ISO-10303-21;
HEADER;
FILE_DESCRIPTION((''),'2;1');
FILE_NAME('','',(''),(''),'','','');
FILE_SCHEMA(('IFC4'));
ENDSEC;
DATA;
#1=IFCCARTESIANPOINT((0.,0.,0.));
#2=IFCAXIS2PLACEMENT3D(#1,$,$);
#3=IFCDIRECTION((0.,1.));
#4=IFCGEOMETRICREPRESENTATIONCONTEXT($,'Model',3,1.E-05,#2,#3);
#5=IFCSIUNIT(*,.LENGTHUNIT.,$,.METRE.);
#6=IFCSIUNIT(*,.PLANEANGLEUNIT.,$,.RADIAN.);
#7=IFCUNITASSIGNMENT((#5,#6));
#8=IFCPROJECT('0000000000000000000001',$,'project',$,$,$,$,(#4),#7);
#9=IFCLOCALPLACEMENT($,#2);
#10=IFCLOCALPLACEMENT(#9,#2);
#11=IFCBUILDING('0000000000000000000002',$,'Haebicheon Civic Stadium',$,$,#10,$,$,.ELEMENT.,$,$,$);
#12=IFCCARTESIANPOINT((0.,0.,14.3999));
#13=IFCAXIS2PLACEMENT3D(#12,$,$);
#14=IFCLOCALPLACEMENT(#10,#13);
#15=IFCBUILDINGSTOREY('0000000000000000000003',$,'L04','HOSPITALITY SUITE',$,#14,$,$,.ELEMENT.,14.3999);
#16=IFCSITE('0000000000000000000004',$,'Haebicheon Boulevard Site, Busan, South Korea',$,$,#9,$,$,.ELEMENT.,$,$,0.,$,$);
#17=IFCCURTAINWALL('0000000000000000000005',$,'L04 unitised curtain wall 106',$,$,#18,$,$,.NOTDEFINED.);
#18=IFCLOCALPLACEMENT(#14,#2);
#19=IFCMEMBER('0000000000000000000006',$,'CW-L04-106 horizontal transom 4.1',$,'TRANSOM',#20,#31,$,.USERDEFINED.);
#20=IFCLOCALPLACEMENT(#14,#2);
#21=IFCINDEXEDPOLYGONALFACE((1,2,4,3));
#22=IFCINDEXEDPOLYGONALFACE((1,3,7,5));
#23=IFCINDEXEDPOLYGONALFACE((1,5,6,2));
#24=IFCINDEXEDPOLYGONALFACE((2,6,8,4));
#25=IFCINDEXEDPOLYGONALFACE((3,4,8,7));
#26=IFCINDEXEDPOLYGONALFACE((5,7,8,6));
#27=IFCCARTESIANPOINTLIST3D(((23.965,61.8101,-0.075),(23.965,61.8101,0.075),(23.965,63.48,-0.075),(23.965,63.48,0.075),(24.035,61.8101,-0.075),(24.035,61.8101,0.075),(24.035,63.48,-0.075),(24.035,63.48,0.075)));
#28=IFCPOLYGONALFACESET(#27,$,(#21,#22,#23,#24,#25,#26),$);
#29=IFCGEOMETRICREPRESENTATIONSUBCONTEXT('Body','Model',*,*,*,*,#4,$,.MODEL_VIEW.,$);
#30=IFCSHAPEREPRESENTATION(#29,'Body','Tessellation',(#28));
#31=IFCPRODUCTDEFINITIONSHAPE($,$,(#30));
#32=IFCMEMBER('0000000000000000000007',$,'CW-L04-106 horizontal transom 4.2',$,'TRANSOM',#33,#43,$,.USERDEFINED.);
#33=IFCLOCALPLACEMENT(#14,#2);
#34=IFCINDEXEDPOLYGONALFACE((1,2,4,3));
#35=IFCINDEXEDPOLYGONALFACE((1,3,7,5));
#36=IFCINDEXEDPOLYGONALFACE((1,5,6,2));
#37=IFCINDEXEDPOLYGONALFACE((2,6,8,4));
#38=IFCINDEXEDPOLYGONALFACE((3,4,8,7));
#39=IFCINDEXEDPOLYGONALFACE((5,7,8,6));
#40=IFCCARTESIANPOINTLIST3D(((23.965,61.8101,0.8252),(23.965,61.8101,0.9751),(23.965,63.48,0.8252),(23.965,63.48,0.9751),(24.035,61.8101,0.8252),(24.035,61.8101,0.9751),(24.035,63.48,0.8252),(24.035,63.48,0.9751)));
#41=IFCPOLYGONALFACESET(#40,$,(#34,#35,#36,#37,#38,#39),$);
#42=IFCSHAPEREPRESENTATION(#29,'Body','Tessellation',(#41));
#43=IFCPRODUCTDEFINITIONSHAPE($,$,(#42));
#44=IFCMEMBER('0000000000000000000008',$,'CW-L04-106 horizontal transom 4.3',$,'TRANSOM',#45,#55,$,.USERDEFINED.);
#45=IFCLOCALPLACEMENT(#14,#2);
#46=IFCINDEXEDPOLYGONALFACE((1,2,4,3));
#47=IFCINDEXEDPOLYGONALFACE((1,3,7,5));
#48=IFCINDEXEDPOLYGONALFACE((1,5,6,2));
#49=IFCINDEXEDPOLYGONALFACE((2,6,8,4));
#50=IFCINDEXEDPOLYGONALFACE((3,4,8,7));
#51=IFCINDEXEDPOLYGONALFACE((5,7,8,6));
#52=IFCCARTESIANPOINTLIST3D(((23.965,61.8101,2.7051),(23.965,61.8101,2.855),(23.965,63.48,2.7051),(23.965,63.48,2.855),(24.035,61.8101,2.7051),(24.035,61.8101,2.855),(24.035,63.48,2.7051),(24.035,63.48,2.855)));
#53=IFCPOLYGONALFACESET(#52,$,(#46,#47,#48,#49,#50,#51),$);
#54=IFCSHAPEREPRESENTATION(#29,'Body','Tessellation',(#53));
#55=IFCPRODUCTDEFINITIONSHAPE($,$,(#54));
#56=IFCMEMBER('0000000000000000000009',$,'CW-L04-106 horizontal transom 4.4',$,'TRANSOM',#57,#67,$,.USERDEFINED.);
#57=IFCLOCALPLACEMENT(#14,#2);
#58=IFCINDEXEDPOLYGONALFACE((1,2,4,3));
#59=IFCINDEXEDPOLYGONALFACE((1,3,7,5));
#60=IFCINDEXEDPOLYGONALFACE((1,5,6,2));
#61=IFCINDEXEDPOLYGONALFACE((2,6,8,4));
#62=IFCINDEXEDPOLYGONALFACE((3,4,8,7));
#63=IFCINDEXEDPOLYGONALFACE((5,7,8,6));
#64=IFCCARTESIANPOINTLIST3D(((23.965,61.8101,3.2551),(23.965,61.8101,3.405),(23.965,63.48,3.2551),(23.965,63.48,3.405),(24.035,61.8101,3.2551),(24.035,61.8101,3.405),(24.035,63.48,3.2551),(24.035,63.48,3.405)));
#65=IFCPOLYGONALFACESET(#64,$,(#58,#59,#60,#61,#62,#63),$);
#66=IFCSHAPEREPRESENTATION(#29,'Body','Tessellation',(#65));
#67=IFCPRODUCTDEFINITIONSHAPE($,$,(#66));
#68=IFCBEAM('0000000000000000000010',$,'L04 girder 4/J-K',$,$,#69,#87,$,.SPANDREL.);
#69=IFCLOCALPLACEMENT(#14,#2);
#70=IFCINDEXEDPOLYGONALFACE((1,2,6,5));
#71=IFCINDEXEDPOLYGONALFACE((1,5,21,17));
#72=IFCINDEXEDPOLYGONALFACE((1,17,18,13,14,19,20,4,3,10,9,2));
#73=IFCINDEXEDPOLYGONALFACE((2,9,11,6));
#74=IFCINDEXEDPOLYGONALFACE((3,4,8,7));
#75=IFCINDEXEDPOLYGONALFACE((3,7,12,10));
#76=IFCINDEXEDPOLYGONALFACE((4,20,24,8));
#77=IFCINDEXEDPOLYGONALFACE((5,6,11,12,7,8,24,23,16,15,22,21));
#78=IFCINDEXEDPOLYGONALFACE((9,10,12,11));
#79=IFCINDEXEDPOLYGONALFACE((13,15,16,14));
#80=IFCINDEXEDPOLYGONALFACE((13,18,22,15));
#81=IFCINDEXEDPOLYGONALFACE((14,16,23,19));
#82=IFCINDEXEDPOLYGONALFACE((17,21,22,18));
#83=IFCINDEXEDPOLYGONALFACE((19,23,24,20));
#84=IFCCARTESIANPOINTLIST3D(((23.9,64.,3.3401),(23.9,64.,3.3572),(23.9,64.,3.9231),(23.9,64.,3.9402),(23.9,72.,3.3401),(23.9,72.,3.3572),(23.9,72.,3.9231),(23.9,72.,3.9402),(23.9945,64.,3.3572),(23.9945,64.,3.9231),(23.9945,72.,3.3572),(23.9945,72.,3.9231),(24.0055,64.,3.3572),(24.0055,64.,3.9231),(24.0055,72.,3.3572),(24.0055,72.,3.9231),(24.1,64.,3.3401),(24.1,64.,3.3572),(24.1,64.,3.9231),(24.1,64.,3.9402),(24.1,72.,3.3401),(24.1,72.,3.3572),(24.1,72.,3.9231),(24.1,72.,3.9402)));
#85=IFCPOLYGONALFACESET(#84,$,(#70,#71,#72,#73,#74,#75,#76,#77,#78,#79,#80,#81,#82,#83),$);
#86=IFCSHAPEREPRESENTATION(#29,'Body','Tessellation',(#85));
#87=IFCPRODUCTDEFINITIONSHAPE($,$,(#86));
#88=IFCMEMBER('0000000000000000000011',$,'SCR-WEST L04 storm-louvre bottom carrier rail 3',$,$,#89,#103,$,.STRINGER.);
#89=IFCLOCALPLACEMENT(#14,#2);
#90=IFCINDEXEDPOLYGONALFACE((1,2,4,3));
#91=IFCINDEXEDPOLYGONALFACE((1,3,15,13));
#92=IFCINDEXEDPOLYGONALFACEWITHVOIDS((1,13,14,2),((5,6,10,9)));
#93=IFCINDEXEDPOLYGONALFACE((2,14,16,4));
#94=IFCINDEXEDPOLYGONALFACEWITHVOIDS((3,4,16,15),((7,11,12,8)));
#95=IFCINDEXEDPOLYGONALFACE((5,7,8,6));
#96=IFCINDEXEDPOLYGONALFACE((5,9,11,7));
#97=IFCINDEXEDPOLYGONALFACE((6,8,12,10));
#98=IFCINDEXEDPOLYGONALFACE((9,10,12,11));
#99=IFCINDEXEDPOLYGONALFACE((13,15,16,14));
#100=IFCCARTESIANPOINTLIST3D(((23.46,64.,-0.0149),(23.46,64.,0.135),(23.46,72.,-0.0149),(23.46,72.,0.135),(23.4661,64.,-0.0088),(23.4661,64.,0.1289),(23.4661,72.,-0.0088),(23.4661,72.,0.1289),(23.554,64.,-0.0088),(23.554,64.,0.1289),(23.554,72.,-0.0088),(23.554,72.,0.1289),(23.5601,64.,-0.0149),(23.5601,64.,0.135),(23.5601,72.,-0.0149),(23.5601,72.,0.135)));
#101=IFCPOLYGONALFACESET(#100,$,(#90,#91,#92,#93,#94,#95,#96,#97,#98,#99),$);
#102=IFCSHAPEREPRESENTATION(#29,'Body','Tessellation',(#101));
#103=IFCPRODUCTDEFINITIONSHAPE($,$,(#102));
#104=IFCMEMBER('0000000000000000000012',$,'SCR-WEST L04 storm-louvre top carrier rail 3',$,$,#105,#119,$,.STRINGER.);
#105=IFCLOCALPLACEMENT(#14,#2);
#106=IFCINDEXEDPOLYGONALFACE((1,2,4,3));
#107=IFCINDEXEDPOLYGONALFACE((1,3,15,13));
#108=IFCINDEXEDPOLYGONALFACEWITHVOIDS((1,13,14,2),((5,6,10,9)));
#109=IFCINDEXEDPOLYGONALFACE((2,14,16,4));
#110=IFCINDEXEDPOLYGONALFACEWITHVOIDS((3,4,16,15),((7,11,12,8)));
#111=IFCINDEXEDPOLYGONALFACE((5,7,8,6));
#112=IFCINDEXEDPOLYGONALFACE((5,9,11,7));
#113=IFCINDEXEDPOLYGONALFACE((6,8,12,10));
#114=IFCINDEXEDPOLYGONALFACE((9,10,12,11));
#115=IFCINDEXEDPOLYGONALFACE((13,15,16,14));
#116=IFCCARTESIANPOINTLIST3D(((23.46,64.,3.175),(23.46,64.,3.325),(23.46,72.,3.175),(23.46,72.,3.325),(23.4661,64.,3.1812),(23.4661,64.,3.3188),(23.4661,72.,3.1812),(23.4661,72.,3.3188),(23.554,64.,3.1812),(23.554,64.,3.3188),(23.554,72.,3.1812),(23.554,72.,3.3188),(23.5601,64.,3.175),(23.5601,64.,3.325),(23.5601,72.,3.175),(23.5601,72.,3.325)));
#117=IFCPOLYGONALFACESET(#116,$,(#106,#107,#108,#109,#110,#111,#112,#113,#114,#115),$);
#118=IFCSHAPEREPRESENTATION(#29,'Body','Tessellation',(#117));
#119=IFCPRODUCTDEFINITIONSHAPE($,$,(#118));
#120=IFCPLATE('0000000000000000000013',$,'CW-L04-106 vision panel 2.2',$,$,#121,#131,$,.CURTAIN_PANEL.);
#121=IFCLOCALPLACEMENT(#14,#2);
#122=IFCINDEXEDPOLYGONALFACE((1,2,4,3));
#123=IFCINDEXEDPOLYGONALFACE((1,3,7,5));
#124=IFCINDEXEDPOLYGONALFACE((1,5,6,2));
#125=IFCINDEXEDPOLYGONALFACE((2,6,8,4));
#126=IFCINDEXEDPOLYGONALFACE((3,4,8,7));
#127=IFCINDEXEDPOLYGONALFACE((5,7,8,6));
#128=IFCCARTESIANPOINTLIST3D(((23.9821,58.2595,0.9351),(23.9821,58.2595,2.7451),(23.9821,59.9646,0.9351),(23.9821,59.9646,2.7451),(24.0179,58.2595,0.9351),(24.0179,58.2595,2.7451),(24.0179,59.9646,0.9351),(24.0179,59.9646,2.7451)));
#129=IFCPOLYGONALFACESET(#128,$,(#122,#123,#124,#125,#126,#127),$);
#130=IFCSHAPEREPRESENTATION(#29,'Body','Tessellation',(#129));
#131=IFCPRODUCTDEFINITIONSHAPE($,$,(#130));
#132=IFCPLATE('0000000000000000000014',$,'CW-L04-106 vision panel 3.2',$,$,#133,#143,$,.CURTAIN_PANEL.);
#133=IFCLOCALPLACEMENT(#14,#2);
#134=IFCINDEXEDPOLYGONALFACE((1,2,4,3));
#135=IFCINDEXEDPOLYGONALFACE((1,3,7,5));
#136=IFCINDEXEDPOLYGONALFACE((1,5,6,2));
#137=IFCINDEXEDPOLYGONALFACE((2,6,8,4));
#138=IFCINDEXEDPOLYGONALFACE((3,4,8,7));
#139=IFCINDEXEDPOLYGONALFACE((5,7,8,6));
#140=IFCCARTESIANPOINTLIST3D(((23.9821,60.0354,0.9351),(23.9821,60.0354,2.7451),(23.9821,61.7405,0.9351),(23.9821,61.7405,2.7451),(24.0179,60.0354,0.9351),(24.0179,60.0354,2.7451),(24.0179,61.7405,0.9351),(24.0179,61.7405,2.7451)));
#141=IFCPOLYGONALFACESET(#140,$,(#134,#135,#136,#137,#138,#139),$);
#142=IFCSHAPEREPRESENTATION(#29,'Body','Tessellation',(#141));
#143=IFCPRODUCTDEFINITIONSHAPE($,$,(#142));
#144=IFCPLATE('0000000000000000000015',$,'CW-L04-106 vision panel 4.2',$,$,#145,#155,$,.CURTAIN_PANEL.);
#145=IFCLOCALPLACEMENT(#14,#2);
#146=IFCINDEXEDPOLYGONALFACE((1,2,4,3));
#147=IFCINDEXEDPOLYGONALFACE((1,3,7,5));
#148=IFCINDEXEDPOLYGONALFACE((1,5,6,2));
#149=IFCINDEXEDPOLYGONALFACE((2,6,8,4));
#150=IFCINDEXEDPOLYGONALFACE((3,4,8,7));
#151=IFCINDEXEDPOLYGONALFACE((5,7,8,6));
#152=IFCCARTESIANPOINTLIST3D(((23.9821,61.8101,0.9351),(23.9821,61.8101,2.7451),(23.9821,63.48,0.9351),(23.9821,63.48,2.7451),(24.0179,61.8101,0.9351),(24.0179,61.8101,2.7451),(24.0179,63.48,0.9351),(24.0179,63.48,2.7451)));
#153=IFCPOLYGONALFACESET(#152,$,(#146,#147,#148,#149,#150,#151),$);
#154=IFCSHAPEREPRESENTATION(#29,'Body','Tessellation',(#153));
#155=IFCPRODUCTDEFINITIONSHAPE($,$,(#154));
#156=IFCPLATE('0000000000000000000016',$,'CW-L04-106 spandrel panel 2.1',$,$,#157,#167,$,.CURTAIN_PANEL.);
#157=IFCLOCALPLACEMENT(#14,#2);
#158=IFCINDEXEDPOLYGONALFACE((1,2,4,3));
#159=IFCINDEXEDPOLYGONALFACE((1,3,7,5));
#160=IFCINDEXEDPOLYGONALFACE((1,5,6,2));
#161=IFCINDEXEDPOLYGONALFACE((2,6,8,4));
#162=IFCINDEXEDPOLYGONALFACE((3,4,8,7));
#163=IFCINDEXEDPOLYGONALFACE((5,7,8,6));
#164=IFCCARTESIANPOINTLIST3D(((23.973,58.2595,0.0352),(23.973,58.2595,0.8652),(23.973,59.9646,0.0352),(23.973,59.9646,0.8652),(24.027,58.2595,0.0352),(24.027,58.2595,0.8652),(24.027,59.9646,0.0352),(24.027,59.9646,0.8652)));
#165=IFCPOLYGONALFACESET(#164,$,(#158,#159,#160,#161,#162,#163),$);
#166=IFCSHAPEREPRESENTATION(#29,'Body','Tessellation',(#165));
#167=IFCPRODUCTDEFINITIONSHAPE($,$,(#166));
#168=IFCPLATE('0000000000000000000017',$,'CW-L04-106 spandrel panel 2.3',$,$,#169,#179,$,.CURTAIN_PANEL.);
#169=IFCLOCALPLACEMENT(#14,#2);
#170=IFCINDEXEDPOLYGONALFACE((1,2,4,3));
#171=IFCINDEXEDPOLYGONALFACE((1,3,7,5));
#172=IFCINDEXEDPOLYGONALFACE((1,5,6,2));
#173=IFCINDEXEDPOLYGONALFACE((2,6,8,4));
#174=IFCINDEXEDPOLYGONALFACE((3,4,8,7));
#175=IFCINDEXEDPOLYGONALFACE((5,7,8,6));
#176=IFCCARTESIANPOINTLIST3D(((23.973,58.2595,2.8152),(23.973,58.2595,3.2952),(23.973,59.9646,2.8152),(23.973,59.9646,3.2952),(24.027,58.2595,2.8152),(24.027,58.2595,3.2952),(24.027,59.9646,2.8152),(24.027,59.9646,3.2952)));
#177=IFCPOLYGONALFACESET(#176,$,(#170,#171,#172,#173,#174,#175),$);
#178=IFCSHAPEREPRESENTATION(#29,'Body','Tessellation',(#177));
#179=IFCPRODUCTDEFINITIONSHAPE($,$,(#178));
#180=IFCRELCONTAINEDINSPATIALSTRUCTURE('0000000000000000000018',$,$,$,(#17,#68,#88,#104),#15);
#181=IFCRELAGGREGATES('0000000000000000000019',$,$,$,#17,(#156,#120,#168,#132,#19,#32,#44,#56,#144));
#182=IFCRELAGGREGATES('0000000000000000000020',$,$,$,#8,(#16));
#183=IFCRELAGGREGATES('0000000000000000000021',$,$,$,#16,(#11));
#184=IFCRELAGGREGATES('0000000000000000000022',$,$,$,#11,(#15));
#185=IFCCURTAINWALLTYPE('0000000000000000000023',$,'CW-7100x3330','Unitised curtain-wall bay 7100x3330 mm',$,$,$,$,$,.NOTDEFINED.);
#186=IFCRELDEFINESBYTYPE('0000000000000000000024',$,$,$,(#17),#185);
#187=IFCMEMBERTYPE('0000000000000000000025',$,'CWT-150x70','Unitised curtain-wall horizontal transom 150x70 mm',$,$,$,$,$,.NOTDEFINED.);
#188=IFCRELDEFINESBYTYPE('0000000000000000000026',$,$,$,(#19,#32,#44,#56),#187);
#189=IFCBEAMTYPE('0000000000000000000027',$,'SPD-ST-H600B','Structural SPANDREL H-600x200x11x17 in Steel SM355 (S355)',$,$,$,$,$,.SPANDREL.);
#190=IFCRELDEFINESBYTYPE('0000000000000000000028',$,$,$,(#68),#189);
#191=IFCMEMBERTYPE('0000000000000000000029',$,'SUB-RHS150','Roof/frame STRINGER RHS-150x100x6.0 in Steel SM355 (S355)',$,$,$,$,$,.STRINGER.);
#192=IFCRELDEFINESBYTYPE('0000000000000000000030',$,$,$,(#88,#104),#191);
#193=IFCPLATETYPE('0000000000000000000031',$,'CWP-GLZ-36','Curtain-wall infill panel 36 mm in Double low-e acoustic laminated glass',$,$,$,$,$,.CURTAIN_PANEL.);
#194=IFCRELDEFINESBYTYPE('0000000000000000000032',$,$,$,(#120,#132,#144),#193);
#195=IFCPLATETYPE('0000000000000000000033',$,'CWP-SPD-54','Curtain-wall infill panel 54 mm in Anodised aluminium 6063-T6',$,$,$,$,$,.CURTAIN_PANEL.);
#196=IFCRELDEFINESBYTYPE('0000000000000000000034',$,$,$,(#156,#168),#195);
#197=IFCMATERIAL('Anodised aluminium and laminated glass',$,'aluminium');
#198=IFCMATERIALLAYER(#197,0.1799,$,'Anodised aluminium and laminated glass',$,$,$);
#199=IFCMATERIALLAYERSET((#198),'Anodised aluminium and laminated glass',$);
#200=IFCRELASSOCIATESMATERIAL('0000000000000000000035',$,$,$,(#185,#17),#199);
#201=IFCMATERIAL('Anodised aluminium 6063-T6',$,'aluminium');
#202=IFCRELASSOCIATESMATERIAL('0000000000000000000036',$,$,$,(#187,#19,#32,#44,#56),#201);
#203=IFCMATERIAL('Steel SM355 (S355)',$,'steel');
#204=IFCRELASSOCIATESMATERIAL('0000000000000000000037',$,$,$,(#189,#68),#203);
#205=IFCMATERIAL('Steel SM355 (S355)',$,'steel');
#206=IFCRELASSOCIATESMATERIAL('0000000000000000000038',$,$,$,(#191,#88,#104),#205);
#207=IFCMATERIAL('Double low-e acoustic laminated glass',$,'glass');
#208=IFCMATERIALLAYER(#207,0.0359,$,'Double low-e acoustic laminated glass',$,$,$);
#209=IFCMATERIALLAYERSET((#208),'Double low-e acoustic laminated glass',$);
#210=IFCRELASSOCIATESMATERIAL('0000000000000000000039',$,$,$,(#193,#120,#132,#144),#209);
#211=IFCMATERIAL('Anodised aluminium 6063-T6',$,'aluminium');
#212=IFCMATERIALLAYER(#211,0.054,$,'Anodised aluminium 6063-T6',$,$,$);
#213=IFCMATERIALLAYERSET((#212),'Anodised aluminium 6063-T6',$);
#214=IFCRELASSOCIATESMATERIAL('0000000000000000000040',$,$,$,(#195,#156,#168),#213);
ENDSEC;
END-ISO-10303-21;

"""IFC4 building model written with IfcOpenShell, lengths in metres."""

from ifc_helpers import new_model, si_unit, direction, frame, origin, origin_2d, place, context, subcontext, project, spatial, rectangle, hollow_rectangle, i_section, extrude, material, layer, layer_set, material_profile, profile_set, type_object, element, aggregate, save


model = new_model("IFC4")

# Units and contexts
model_context = context("Model", 3, precision=1e-05, world=origin(), true_north=direction((0.0, 1.0)))
body_context = subcontext(model_context, "Body", "Model", "MODEL_VIEW")
ifc_project = project(units=[si_unit("LENGTHUNIT", "METRE"), si_unit("PLANEANGLEUNIT", "RADIAN")], contexts=[model_context])

# Site, building, storey
site_placement = place(None, origin())
site = spatial("IfcSite", under=ifc_project, at=site_placement, Name="Haebicheon Boulevard Site, Busan, South Korea", CompositionType="ELEMENT", RefElevation=0.0)
building_placement = place(site_placement, origin())
building = spatial("IfcBuilding", under=site, at=building_placement, Name="Haebicheon Civic Stadium", CompositionType="ELEMENT")
storey_placement = place(building_placement, frame((0.0, 0.0, 14.3999)))
storey = spatial("IfcBuildingStorey", under=building, at=storey_placement, Name="L04", Description="HOSPITALITY SUITE", CompositionType="ELEMENT", Elevation=14.3999)

# Curtain wall, members
ifc_material_1 = material(Name="Anodised aluminium and laminated glass", Category="aluminium")
ifc_layer_1 = layer(ifc_material_1, 0.1799, Name="Anodised aluminium and laminated glass")
ifc_layer_set_1 = layer_set([ifc_layer_1], Name="Anodised aluminium and laminated glass")
curtain_wall_type = type_object("IfcCurtainWallType", Name="CW-7100x3330", Description="Unitised curtain-wall bay 7100x3330 mm", PredefinedType="NOTDEFINED", material=ifc_layer_set_1)
curtain_wall_placement = place(storey_placement, origin())
curtain_wall = element("IfcCurtainWall", 1, at=curtain_wall_placement, inside=storey, type_object=curtain_wall_type, material=ifc_layer_set_1, Name="L04 unitised curtain wall 106", PredefinedType="NOTDEFINED")
ifc_material_2 = material(Name="Anodised aluminium 6063-T6", Category="aluminium")
ifc_material_profile_1 = material_profile(ifc_material_2, rectangle(XDim=0.0701, YDim=0.1499, at=origin_2d()), Name="ALU-TRAN-70x150")
ifc_profile_set_1 = profile_set([ifc_material_profile_1], Name="Anodised aluminium 6063-T6")
member_type_1 = type_object("IfcMemberType", Name="CWT-150x70", Description="Unitised curtain-wall horizontal transom 150x70 mm", PredefinedType="NOTDEFINED", material=ifc_profile_set_1)
member_1_placement = place(storey_placement, frame((24.0, 61.8101, 0.0), z_axis=(0.0, 1.0, 0.0), x_axis=(-1.0, 0.0, 0.0)))
member_1 = element("IfcMember", 2, at=member_1_placement, type_object=member_type_1, material=ifc_profile_set_1, Name="CW-L04-106 horizontal transom 4.1", ObjectType="TRANSOM", PredefinedType="USERDEFINED", context=body_context, shape_type="SweptSolid", body=[
    extrude(rectangle(XDim=0.0701, YDim=0.1499, at=origin_2d()), origin(), (0.0, 0.0, 1.0), 1.6699),
])
member_2_placement = place(storey_placement, frame((24.0, 61.8101, 0.9001), z_axis=(0.0, 1.0, 0.0), x_axis=(-1.0, 0.0, 0.0)))
member_2 = element("IfcMember", 3, at=member_2_placement, type_object=member_type_1, material=ifc_profile_set_1, Name="CW-L04-106 horizontal transom 4.2", ObjectType="TRANSOM", PredefinedType="USERDEFINED", context=body_context, shape_type="SweptSolid", body=[
    extrude(rectangle(XDim=0.0701, YDim=0.1499, at=origin_2d()), origin(), (0.0, 0.0, 1.0), 1.6699),
])
member_3_placement = place(storey_placement, frame((24.0, 61.8101, 2.78), z_axis=(0.0, 1.0, 0.0), x_axis=(-1.0, 0.0, 0.0)))
member_3 = element("IfcMember", 4, at=member_3_placement, type_object=member_type_1, material=ifc_profile_set_1, Name="CW-L04-106 horizontal transom 4.3", ObjectType="TRANSOM", PredefinedType="USERDEFINED", context=body_context, shape_type="SweptSolid", body=[
    extrude(rectangle(XDim=0.0701, YDim=0.1499, at=origin_2d()), origin(), (0.0, 0.0, 1.0), 1.6699),
])
member_4_placement = place(storey_placement, frame((24.0, 61.8101, 3.3301), z_axis=(0.0, 1.0, 0.0), x_axis=(-1.0, 0.0, 0.0)))
member_4 = element("IfcMember", 5, at=member_4_placement, type_object=member_type_1, material=ifc_profile_set_1, Name="CW-L04-106 horizontal transom 4.4", ObjectType="TRANSOM", PredefinedType="USERDEFINED", context=body_context, shape_type="SweptSolid", body=[
    extrude(rectangle(XDim=0.0701, YDim=0.1499, at=origin_2d()), origin(), (0.0, 0.0, 1.0), 1.6699),
])

# Beam
ifc_material_3 = material(Name="Steel SM355 (S355)", Category="steel")
ifc_material_profile_2 = material_profile(ifc_material_3, i_section(OverallWidth=0.2, OverallDepth=0.6001, WebThickness=0.011, FlangeThickness=0.0171, at=origin_2d()), Name="H-600x200x11x17")
ifc_profile_set_2 = profile_set([ifc_material_profile_2], Name="Steel SM355 (S355)")
beam_type_1 = type_object("IfcBeamType", Name="SPD-ST-H600B", Description="Structural SPANDREL H-600x200x11x17 in Steel SM355 (S355)", PredefinedType="SPANDREL", material=ifc_profile_set_2)
beam_1_placement = place(storey_placement, frame((24.0, 64.0, 3.6401), z_axis=(0.0, 1.0, 0.0), x_axis=(-1.0, 0.0, 0.0)))
element("IfcBeam", 6, at=beam_1_placement, inside=storey, type_object=beam_type_1, material=ifc_profile_set_2, Name="L04 girder 4/J-K", PredefinedType="SPANDREL", context=body_context, shape_type="SweptSolid", body=[
    extrude(i_section(OverallWidth=0.2, OverallDepth=0.6001, WebThickness=0.011, FlangeThickness=0.0171, at=origin_2d()), origin(), (0.0, 0.0, 1.0), 8.0),
])

# Members
ifc_material_4 = material(Name="Steel SM355 (S355)", Category="steel")
ifc_material_profile_3 = material_profile(ifc_material_4, hollow_rectangle(XDim=0.1001, YDim=0.1499, WallThickness=0.0061, at=origin_2d()), Name="RHS-150x100x6.0")
ifc_profile_set_3 = profile_set([ifc_material_profile_3], Name="Steel SM355 (S355)")
member_type_2 = type_object("IfcMemberType", Name="SUB-RHS150", Description="Roof/frame STRINGER RHS-150x100x6.0 in Steel SM355 (S355)", PredefinedType="STRINGER", material=ifc_profile_set_3)
for number, where, z_axis, x_axis, name in (
    (7, (23.51, 64.0, 0.0601), (0.0, 1.0, 0.0), (-1.0, 0.0, 0.0), "SCR-WEST L04 storm-louvre bottom carrier rail 3"),
    (8, (23.51, 64.0, 3.25), (0.0, 1.0, 0.0), (-1.0, 0.0, 0.0), "SCR-WEST L04 storm-louvre top carrier rail 3"),
):
    element("IfcMember", number, at=place(storey_placement, frame(where, z_axis=z_axis, x_axis=x_axis)), inside=storey, type_object=member_type_2, material=ifc_profile_set_3, Name=name, PredefinedType="STRINGER", context=body_context, shape_type="SweptSolid", body=[
        extrude(hollow_rectangle(XDim=0.1001, YDim=0.1499, WallThickness=0.0061, at=origin_2d()), origin(), (0.0, 0.0, 1.0), 8.0),
    ])

# Plates
ifc_material_5 = material(Name="Double low-e acoustic laminated glass", Category="glass")
ifc_layer_2 = layer(ifc_material_5, 0.0359, Name="Double low-e acoustic laminated glass")
ifc_layer_set_2 = layer_set([ifc_layer_2], Name="Double low-e acoustic laminated glass")
plate_type_1 = type_object("IfcPlateType", Name="CWP-GLZ-36", Description="Curtain-wall infill panel 36 mm in Double low-e acoustic laminated glass", PredefinedType="CURTAIN_PANEL", material=ifc_layer_set_2)
plate_1_placement = place(storey_placement, frame((24.0, 59.1121, 0.9351), z_axis=(0.0, 0.0, 1.0), x_axis=(0.0, 1.0, 0.0)))
plate_1 = element("IfcPlate", 9, at=plate_1_placement, type_object=plate_type_1, material=ifc_layer_set_2, Name="CW-L04-106 vision panel 2.2", PredefinedType="CURTAIN_PANEL", context=body_context, shape_type="SweptSolid", body=[
    extrude(rectangle(XDim=1.7051, YDim=0.0359, at=origin_2d()), origin(), (0.0, 0.0, 1.0), 1.8101),
])
plate_2_placement = place(storey_placement, frame((24.0, 60.8879, 0.9351), z_axis=(0.0, 0.0, 1.0), x_axis=(0.0, 1.0, 0.0)))
plate_2 = element("IfcPlate", 10, at=plate_2_placement, type_object=plate_type_1, material=ifc_layer_set_2, Name="CW-L04-106 vision panel 3.2", PredefinedType="CURTAIN_PANEL", context=body_context, shape_type="SweptSolid", body=[
    extrude(rectangle(XDim=1.7051, YDim=0.0359, at=origin_2d()), origin(), (0.0, 0.0, 1.0), 1.8101),
])
plate_3_placement = place(storey_placement, frame((24.0, 62.645, 0.9351), z_axis=(0.0, 0.0, 1.0), x_axis=(0.0, 1.0, 0.0)))
plate_3 = element("IfcPlate", 11, at=plate_3_placement, type_object=plate_type_1, material=ifc_layer_set_2, Name="CW-L04-106 vision panel 4.2", PredefinedType="CURTAIN_PANEL", context=body_context, shape_type="SweptSolid", body=[
    extrude(rectangle(XDim=1.6699, YDim=0.0359, at=origin_2d()), origin(), (0.0, 0.0, 1.0), 1.8101),
])
ifc_material_6 = material(Name="Anodised aluminium 6063-T6", Category="aluminium")
ifc_layer_3 = layer(ifc_material_6, 0.054, Name="Anodised aluminium 6063-T6")
ifc_layer_set_3 = layer_set([ifc_layer_3], Name="Anodised aluminium 6063-T6")
plate_type_2 = type_object("IfcPlateType", Name="CWP-SPD-54", Description="Curtain-wall infill panel 54 mm in Anodised aluminium 6063-T6", PredefinedType="CURTAIN_PANEL", material=ifc_layer_set_3)
plate_4_placement = place(storey_placement, frame((24.0, 59.1121, 0.0352), z_axis=(0.0, 0.0, 1.0), x_axis=(0.0, 1.0, 0.0)))
plate_4 = element("IfcPlate", 12, at=plate_4_placement, type_object=plate_type_2, material=ifc_layer_set_3, Name="CW-L04-106 spandrel panel 2.1", PredefinedType="CURTAIN_PANEL", context=body_context, shape_type="SweptSolid", body=[
    extrude(rectangle(XDim=1.7051, YDim=0.054, at=origin_2d()), origin(), (0.0, 0.0, 1.0), 0.8301),
])
plate_5_placement = place(storey_placement, frame((24.0, 59.1121, 2.8152), z_axis=(0.0, 0.0, 1.0), x_axis=(0.0, 1.0, 0.0)))
plate_5 = element("IfcPlate", 13, at=plate_5_placement, type_object=plate_type_2, material=ifc_layer_set_3, Name="CW-L04-106 spandrel panel 2.3", PredefinedType="CURTAIN_PANEL", context=body_context, shape_type="SweptSolid", body=[
    extrude(rectangle(XDim=1.7051, YDim=0.054, at=origin_2d()), origin(), (0.0, 0.0, 1.0), 0.48),
])
aggregate(curtain_wall, [plate_4, plate_1, plate_5, plate_2, member_1, member_2, member_3, member_4, plate_3])

save(model, "model.ifc")
